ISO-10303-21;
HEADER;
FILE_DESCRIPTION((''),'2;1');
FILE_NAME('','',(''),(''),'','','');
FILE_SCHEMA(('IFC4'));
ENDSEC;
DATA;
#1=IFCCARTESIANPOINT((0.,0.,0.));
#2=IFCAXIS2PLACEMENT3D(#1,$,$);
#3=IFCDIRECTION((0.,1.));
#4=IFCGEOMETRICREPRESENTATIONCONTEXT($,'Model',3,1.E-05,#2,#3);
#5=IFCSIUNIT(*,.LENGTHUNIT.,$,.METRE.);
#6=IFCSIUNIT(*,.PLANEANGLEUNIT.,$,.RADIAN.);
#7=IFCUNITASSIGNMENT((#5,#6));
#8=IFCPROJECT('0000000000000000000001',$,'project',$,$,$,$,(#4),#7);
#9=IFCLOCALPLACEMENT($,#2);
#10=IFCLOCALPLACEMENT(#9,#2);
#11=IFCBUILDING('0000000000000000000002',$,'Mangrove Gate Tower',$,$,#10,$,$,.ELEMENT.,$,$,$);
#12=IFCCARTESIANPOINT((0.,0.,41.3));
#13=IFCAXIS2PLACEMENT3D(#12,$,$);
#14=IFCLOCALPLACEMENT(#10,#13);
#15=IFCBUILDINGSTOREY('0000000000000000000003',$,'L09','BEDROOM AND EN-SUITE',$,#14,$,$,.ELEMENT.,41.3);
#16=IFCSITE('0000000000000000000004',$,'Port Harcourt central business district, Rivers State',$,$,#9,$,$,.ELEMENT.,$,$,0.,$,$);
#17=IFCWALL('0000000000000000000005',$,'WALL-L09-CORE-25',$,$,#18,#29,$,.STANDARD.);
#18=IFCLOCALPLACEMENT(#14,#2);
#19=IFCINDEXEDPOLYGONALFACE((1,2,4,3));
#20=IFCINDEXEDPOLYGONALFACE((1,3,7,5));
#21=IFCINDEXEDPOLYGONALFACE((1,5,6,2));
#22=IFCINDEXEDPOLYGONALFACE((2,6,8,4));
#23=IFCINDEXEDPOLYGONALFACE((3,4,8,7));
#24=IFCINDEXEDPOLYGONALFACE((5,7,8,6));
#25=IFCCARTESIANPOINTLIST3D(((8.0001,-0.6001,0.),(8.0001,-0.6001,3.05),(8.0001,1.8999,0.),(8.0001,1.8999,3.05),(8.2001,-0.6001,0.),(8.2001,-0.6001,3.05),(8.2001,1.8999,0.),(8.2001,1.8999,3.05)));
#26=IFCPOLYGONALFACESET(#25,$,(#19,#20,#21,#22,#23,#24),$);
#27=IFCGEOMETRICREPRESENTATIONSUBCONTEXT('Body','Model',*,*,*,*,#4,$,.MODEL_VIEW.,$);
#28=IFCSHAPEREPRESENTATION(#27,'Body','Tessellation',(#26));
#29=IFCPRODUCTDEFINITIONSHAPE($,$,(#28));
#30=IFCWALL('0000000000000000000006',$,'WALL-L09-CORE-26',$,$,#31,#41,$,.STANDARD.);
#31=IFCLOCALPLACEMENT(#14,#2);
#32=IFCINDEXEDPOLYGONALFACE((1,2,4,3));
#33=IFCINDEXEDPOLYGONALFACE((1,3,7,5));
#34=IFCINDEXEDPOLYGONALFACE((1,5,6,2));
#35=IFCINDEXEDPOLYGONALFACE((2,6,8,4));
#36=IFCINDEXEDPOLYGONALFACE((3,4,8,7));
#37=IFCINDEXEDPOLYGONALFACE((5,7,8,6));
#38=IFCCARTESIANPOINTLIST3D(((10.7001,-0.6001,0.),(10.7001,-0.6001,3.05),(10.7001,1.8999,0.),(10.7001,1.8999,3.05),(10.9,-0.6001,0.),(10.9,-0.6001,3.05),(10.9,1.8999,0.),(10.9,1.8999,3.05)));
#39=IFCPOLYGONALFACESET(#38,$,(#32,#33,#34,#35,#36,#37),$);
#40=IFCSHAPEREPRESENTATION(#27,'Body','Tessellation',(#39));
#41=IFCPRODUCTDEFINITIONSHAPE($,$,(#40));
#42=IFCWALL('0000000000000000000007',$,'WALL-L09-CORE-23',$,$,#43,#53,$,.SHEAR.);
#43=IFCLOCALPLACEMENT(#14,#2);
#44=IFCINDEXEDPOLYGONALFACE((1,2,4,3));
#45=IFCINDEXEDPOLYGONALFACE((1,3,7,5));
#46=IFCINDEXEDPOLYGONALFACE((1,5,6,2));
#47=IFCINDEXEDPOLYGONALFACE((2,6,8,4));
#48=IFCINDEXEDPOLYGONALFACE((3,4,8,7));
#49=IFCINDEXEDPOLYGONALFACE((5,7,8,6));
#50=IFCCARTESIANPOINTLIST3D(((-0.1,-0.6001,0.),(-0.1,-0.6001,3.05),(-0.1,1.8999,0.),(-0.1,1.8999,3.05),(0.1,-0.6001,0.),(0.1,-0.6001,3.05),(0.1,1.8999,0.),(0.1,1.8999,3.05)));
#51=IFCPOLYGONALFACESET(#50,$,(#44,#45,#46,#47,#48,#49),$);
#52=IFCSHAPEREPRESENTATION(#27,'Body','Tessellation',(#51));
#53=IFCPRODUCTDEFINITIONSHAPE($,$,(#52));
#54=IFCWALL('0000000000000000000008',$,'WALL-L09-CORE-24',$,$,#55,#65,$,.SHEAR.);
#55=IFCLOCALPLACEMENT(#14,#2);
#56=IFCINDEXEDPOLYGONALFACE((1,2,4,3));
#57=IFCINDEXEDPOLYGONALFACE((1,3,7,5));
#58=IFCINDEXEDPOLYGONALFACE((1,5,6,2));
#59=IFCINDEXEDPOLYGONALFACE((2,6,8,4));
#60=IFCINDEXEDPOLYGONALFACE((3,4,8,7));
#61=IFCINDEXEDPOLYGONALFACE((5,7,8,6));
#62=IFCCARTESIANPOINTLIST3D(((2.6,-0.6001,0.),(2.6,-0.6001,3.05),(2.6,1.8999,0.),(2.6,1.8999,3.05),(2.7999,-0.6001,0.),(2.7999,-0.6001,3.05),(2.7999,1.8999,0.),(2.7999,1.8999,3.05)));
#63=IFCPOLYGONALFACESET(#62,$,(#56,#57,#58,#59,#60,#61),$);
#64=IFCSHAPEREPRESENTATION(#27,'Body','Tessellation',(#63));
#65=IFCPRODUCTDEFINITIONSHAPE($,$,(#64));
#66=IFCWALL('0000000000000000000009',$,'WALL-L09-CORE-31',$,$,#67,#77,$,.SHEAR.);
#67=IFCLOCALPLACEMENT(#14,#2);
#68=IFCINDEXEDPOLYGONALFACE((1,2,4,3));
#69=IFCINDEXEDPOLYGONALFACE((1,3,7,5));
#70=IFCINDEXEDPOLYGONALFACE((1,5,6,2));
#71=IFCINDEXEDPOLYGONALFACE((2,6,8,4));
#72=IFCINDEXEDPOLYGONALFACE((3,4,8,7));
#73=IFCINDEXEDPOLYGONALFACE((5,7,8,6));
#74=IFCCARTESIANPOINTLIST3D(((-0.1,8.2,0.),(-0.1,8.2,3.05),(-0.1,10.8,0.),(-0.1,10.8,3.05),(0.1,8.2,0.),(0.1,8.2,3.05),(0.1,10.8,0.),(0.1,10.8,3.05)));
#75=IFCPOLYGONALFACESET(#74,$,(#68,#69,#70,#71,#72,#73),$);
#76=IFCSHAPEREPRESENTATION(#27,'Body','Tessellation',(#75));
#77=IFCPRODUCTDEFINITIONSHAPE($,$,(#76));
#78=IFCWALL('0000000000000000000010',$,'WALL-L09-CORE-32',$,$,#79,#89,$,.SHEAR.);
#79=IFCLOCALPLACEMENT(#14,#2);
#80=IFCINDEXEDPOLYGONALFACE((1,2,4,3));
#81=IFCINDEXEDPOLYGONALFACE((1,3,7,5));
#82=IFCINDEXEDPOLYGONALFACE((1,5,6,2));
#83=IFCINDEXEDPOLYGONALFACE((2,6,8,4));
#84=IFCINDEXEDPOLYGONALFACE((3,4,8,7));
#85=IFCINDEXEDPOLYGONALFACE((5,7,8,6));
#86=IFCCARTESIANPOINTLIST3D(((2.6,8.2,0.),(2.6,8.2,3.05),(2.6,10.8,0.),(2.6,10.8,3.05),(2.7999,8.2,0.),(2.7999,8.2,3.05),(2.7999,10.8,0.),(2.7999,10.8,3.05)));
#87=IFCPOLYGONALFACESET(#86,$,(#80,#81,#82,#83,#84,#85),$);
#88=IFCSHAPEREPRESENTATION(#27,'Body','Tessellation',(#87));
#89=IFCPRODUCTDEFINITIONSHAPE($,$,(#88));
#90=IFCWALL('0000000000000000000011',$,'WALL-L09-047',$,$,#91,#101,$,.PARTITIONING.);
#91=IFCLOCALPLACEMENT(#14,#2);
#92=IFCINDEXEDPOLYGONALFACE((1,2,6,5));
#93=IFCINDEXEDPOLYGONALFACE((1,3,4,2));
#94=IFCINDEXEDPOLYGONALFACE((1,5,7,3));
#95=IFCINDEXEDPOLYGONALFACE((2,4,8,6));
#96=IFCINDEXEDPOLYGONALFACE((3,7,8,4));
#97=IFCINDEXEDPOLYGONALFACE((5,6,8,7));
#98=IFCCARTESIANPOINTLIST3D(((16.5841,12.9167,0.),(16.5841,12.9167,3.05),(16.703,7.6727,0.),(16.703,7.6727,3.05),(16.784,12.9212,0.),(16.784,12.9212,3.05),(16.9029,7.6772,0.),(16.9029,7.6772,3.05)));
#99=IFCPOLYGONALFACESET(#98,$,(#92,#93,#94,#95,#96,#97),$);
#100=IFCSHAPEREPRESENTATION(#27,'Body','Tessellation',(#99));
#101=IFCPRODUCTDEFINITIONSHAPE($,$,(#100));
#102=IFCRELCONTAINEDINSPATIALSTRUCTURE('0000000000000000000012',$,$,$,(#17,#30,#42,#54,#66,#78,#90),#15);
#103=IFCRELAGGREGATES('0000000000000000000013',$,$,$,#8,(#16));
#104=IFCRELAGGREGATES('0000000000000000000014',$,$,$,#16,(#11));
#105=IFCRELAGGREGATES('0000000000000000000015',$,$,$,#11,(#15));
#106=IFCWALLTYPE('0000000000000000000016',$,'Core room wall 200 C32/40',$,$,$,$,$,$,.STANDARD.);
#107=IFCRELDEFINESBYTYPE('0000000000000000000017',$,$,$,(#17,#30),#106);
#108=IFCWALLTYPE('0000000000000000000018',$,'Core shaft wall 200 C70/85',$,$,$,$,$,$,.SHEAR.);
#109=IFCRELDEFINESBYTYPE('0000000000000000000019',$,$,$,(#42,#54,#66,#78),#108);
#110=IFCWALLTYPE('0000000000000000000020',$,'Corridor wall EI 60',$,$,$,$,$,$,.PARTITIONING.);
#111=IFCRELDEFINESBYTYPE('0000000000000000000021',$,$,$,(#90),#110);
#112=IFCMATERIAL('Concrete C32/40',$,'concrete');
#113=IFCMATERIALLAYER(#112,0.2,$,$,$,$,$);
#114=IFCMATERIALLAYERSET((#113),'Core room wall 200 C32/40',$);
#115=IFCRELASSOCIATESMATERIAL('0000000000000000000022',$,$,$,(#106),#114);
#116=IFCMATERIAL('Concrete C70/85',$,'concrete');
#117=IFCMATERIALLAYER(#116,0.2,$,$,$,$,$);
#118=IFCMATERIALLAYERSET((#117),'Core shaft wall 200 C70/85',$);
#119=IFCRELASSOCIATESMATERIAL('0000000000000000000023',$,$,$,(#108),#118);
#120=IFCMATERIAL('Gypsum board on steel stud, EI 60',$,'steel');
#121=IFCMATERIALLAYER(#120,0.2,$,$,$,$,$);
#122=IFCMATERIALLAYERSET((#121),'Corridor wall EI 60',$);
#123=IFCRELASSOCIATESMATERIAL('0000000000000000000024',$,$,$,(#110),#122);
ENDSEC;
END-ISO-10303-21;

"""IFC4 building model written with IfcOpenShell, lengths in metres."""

from ifc_helpers import new_model, si_unit, direction, frame, frame_2d, origin, place, context, subcontext, project, spatial, rectangle, extrude, material, layer, layer_set, type_object, element, save


model = new_model("IFC4")

# Units and contexts
model_context = context("Model", 3, precision=1e-05, world=origin(), true_north=direction((0.0, 1.0)))
body_context = subcontext(model_context, "Body", "Model", "MODEL_VIEW")
ifc_project = project(units=[si_unit("LENGTHUNIT", "METRE"), si_unit("PLANEANGLEUNIT", "RADIAN")], contexts=[model_context])

# Site, building, storey
site_placement = place(None, origin())
site = spatial("IfcSite", under=ifc_project, at=site_placement, Name="Port Harcourt central business district, Rivers State", CompositionType="ELEMENT", RefElevation=0.0)
building_placement = place(site_placement, origin())
building = spatial("IfcBuilding", under=site, at=building_placement, Name="Mangrove Gate Tower", CompositionType="ELEMENT")
storey_placement = place(building_placement, frame((0.0, 0.0, 41.3)))
storey = spatial("IfcBuildingStorey", under=building, at=storey_placement, Name="L09", Description="BEDROOM AND EN-SUITE", CompositionType="ELEMENT", Elevation=41.3)

# Walls
ifc_material_1 = material(Name="Concrete C32/40", Category="concrete")
ifc_layer_1 = layer(ifc_material_1, 0.2)
ifc_layer_set_1 = layer_set([ifc_layer_1], Name="Core room wall 200 C32/40")
wall_type_1 = type_object("IfcWallType", Name="Core room wall 200 C32/40", PredefinedType="STANDARD", material=ifc_layer_set_1)
for number, where, z_axis, x_axis, name in (
    (1, (8.1001, -0.6001, 0.0), (0.0, 0.0, 1.0), (0.0, 1.0, 0.0), "WALL-L09-CORE-25"),
    (2, (10.8, -0.6001, 0.0), (0.0, 0.0, 1.0), (0.0, 1.0, 0.0), "WALL-L09-CORE-26"),
):
    element("IfcWall", number, at=place(storey_placement, frame(where, z_axis=z_axis, x_axis=x_axis)), inside=storey, type_object=wall_type_1, Name=name, PredefinedType="STANDARD", context=body_context, shape_type="SweptSolid", body=[
        extrude(rectangle(XDim=2.5, YDim=0.2, at=frame_2d((1.25, 0.0))), origin(), (0.0, 0.0, 1.0), 3.05),
    ])
ifc_material_2 = material(Name="Concrete C70/85", Category="concrete")
ifc_layer_2 = layer(ifc_material_2, 0.2)
ifc_layer_set_2 = layer_set([ifc_layer_2], Name="Core shaft wall 200 C70/85")
wall_type_2 = type_object("IfcWallType", Name="Core shaft wall 200 C70/85", PredefinedType="SHEAR", material=ifc_layer_set_2)
for number, where, z_axis, x_axis, name in (
    (3, (0.0, -0.6001, 0.0), (0.0, 0.0, 1.0), (0.0, 1.0, 0.0), "WALL-L09-CORE-23"),
    (4, (2.7, -0.6001, 0.0), (0.0, 0.0, 1.0), (0.0, 1.0, 0.0), "WALL-L09-CORE-24"),
):
    element("IfcWall", number, at=place(storey_placement, frame(where, z_axis=z_axis, x_axis=x_axis)), inside=storey, type_object=wall_type_2, Name=name, PredefinedType="SHEAR", context=body_context, shape_type="SweptSolid", body=[
        extrude(rectangle(XDim=2.5, YDim=0.2, at=frame_2d((1.25, 0.0))), origin(), (0.0, 0.0, 1.0), 3.05),
    ])
for number, where, z_axis, x_axis, name in (
    (5, (0.0, 8.2, 0.0), (0.0, 0.0, 1.0), (0.0, 1.0, 0.0), "WALL-L09-CORE-31"),
    (6, (2.7, 8.2, 0.0), (0.0, 0.0, 1.0), (0.0, 1.0, 0.0), "WALL-L09-CORE-32"),
):
    element("IfcWall", number, at=place(storey_placement, frame(where, z_axis=z_axis, x_axis=x_axis)), inside=storey, type_object=wall_type_2, Name=name, PredefinedType="SHEAR", context=body_context, shape_type="SweptSolid", body=[
        extrude(rectangle(XDim=2.6001, YDim=0.2, at=frame_2d((1.3, 0.0))), origin(), (0.0, 0.0, 1.0), 3.05),
    ])
ifc_material_3 = material(Name="Gypsum board on steel stud, EI 60", Category="steel")
ifc_layer_3 = layer(ifc_material_3, 0.2)
ifc_layer_set_3 = layer_set([ifc_layer_3], Name="Corridor wall EI 60")
wall_type_3 = type_object("IfcWallType", Name="Corridor wall EI 60", PredefinedType="PARTITIONING", material=ifc_layer_set_3)
wall_placement = place(storey_placement, frame((16.803, 7.675, 0.0), z_axis=(0.0, 0.0, 1.0), x_axis=(-0.022667, 0.999743, 0.0)))
element("IfcWall", 7, at=wall_placement, inside=storey, type_object=wall_type_3, Name="WALL-L09-047", PredefinedType="PARTITIONING", context=body_context, shape_type="SweptSolid", body=[
    extrude(rectangle(XDim=5.2454, YDim=0.2, at=frame_2d((2.6226, 0.0))), origin(), (0.0, 0.0, 1.0), 3.05),
])

save(model, "model.ifc")
